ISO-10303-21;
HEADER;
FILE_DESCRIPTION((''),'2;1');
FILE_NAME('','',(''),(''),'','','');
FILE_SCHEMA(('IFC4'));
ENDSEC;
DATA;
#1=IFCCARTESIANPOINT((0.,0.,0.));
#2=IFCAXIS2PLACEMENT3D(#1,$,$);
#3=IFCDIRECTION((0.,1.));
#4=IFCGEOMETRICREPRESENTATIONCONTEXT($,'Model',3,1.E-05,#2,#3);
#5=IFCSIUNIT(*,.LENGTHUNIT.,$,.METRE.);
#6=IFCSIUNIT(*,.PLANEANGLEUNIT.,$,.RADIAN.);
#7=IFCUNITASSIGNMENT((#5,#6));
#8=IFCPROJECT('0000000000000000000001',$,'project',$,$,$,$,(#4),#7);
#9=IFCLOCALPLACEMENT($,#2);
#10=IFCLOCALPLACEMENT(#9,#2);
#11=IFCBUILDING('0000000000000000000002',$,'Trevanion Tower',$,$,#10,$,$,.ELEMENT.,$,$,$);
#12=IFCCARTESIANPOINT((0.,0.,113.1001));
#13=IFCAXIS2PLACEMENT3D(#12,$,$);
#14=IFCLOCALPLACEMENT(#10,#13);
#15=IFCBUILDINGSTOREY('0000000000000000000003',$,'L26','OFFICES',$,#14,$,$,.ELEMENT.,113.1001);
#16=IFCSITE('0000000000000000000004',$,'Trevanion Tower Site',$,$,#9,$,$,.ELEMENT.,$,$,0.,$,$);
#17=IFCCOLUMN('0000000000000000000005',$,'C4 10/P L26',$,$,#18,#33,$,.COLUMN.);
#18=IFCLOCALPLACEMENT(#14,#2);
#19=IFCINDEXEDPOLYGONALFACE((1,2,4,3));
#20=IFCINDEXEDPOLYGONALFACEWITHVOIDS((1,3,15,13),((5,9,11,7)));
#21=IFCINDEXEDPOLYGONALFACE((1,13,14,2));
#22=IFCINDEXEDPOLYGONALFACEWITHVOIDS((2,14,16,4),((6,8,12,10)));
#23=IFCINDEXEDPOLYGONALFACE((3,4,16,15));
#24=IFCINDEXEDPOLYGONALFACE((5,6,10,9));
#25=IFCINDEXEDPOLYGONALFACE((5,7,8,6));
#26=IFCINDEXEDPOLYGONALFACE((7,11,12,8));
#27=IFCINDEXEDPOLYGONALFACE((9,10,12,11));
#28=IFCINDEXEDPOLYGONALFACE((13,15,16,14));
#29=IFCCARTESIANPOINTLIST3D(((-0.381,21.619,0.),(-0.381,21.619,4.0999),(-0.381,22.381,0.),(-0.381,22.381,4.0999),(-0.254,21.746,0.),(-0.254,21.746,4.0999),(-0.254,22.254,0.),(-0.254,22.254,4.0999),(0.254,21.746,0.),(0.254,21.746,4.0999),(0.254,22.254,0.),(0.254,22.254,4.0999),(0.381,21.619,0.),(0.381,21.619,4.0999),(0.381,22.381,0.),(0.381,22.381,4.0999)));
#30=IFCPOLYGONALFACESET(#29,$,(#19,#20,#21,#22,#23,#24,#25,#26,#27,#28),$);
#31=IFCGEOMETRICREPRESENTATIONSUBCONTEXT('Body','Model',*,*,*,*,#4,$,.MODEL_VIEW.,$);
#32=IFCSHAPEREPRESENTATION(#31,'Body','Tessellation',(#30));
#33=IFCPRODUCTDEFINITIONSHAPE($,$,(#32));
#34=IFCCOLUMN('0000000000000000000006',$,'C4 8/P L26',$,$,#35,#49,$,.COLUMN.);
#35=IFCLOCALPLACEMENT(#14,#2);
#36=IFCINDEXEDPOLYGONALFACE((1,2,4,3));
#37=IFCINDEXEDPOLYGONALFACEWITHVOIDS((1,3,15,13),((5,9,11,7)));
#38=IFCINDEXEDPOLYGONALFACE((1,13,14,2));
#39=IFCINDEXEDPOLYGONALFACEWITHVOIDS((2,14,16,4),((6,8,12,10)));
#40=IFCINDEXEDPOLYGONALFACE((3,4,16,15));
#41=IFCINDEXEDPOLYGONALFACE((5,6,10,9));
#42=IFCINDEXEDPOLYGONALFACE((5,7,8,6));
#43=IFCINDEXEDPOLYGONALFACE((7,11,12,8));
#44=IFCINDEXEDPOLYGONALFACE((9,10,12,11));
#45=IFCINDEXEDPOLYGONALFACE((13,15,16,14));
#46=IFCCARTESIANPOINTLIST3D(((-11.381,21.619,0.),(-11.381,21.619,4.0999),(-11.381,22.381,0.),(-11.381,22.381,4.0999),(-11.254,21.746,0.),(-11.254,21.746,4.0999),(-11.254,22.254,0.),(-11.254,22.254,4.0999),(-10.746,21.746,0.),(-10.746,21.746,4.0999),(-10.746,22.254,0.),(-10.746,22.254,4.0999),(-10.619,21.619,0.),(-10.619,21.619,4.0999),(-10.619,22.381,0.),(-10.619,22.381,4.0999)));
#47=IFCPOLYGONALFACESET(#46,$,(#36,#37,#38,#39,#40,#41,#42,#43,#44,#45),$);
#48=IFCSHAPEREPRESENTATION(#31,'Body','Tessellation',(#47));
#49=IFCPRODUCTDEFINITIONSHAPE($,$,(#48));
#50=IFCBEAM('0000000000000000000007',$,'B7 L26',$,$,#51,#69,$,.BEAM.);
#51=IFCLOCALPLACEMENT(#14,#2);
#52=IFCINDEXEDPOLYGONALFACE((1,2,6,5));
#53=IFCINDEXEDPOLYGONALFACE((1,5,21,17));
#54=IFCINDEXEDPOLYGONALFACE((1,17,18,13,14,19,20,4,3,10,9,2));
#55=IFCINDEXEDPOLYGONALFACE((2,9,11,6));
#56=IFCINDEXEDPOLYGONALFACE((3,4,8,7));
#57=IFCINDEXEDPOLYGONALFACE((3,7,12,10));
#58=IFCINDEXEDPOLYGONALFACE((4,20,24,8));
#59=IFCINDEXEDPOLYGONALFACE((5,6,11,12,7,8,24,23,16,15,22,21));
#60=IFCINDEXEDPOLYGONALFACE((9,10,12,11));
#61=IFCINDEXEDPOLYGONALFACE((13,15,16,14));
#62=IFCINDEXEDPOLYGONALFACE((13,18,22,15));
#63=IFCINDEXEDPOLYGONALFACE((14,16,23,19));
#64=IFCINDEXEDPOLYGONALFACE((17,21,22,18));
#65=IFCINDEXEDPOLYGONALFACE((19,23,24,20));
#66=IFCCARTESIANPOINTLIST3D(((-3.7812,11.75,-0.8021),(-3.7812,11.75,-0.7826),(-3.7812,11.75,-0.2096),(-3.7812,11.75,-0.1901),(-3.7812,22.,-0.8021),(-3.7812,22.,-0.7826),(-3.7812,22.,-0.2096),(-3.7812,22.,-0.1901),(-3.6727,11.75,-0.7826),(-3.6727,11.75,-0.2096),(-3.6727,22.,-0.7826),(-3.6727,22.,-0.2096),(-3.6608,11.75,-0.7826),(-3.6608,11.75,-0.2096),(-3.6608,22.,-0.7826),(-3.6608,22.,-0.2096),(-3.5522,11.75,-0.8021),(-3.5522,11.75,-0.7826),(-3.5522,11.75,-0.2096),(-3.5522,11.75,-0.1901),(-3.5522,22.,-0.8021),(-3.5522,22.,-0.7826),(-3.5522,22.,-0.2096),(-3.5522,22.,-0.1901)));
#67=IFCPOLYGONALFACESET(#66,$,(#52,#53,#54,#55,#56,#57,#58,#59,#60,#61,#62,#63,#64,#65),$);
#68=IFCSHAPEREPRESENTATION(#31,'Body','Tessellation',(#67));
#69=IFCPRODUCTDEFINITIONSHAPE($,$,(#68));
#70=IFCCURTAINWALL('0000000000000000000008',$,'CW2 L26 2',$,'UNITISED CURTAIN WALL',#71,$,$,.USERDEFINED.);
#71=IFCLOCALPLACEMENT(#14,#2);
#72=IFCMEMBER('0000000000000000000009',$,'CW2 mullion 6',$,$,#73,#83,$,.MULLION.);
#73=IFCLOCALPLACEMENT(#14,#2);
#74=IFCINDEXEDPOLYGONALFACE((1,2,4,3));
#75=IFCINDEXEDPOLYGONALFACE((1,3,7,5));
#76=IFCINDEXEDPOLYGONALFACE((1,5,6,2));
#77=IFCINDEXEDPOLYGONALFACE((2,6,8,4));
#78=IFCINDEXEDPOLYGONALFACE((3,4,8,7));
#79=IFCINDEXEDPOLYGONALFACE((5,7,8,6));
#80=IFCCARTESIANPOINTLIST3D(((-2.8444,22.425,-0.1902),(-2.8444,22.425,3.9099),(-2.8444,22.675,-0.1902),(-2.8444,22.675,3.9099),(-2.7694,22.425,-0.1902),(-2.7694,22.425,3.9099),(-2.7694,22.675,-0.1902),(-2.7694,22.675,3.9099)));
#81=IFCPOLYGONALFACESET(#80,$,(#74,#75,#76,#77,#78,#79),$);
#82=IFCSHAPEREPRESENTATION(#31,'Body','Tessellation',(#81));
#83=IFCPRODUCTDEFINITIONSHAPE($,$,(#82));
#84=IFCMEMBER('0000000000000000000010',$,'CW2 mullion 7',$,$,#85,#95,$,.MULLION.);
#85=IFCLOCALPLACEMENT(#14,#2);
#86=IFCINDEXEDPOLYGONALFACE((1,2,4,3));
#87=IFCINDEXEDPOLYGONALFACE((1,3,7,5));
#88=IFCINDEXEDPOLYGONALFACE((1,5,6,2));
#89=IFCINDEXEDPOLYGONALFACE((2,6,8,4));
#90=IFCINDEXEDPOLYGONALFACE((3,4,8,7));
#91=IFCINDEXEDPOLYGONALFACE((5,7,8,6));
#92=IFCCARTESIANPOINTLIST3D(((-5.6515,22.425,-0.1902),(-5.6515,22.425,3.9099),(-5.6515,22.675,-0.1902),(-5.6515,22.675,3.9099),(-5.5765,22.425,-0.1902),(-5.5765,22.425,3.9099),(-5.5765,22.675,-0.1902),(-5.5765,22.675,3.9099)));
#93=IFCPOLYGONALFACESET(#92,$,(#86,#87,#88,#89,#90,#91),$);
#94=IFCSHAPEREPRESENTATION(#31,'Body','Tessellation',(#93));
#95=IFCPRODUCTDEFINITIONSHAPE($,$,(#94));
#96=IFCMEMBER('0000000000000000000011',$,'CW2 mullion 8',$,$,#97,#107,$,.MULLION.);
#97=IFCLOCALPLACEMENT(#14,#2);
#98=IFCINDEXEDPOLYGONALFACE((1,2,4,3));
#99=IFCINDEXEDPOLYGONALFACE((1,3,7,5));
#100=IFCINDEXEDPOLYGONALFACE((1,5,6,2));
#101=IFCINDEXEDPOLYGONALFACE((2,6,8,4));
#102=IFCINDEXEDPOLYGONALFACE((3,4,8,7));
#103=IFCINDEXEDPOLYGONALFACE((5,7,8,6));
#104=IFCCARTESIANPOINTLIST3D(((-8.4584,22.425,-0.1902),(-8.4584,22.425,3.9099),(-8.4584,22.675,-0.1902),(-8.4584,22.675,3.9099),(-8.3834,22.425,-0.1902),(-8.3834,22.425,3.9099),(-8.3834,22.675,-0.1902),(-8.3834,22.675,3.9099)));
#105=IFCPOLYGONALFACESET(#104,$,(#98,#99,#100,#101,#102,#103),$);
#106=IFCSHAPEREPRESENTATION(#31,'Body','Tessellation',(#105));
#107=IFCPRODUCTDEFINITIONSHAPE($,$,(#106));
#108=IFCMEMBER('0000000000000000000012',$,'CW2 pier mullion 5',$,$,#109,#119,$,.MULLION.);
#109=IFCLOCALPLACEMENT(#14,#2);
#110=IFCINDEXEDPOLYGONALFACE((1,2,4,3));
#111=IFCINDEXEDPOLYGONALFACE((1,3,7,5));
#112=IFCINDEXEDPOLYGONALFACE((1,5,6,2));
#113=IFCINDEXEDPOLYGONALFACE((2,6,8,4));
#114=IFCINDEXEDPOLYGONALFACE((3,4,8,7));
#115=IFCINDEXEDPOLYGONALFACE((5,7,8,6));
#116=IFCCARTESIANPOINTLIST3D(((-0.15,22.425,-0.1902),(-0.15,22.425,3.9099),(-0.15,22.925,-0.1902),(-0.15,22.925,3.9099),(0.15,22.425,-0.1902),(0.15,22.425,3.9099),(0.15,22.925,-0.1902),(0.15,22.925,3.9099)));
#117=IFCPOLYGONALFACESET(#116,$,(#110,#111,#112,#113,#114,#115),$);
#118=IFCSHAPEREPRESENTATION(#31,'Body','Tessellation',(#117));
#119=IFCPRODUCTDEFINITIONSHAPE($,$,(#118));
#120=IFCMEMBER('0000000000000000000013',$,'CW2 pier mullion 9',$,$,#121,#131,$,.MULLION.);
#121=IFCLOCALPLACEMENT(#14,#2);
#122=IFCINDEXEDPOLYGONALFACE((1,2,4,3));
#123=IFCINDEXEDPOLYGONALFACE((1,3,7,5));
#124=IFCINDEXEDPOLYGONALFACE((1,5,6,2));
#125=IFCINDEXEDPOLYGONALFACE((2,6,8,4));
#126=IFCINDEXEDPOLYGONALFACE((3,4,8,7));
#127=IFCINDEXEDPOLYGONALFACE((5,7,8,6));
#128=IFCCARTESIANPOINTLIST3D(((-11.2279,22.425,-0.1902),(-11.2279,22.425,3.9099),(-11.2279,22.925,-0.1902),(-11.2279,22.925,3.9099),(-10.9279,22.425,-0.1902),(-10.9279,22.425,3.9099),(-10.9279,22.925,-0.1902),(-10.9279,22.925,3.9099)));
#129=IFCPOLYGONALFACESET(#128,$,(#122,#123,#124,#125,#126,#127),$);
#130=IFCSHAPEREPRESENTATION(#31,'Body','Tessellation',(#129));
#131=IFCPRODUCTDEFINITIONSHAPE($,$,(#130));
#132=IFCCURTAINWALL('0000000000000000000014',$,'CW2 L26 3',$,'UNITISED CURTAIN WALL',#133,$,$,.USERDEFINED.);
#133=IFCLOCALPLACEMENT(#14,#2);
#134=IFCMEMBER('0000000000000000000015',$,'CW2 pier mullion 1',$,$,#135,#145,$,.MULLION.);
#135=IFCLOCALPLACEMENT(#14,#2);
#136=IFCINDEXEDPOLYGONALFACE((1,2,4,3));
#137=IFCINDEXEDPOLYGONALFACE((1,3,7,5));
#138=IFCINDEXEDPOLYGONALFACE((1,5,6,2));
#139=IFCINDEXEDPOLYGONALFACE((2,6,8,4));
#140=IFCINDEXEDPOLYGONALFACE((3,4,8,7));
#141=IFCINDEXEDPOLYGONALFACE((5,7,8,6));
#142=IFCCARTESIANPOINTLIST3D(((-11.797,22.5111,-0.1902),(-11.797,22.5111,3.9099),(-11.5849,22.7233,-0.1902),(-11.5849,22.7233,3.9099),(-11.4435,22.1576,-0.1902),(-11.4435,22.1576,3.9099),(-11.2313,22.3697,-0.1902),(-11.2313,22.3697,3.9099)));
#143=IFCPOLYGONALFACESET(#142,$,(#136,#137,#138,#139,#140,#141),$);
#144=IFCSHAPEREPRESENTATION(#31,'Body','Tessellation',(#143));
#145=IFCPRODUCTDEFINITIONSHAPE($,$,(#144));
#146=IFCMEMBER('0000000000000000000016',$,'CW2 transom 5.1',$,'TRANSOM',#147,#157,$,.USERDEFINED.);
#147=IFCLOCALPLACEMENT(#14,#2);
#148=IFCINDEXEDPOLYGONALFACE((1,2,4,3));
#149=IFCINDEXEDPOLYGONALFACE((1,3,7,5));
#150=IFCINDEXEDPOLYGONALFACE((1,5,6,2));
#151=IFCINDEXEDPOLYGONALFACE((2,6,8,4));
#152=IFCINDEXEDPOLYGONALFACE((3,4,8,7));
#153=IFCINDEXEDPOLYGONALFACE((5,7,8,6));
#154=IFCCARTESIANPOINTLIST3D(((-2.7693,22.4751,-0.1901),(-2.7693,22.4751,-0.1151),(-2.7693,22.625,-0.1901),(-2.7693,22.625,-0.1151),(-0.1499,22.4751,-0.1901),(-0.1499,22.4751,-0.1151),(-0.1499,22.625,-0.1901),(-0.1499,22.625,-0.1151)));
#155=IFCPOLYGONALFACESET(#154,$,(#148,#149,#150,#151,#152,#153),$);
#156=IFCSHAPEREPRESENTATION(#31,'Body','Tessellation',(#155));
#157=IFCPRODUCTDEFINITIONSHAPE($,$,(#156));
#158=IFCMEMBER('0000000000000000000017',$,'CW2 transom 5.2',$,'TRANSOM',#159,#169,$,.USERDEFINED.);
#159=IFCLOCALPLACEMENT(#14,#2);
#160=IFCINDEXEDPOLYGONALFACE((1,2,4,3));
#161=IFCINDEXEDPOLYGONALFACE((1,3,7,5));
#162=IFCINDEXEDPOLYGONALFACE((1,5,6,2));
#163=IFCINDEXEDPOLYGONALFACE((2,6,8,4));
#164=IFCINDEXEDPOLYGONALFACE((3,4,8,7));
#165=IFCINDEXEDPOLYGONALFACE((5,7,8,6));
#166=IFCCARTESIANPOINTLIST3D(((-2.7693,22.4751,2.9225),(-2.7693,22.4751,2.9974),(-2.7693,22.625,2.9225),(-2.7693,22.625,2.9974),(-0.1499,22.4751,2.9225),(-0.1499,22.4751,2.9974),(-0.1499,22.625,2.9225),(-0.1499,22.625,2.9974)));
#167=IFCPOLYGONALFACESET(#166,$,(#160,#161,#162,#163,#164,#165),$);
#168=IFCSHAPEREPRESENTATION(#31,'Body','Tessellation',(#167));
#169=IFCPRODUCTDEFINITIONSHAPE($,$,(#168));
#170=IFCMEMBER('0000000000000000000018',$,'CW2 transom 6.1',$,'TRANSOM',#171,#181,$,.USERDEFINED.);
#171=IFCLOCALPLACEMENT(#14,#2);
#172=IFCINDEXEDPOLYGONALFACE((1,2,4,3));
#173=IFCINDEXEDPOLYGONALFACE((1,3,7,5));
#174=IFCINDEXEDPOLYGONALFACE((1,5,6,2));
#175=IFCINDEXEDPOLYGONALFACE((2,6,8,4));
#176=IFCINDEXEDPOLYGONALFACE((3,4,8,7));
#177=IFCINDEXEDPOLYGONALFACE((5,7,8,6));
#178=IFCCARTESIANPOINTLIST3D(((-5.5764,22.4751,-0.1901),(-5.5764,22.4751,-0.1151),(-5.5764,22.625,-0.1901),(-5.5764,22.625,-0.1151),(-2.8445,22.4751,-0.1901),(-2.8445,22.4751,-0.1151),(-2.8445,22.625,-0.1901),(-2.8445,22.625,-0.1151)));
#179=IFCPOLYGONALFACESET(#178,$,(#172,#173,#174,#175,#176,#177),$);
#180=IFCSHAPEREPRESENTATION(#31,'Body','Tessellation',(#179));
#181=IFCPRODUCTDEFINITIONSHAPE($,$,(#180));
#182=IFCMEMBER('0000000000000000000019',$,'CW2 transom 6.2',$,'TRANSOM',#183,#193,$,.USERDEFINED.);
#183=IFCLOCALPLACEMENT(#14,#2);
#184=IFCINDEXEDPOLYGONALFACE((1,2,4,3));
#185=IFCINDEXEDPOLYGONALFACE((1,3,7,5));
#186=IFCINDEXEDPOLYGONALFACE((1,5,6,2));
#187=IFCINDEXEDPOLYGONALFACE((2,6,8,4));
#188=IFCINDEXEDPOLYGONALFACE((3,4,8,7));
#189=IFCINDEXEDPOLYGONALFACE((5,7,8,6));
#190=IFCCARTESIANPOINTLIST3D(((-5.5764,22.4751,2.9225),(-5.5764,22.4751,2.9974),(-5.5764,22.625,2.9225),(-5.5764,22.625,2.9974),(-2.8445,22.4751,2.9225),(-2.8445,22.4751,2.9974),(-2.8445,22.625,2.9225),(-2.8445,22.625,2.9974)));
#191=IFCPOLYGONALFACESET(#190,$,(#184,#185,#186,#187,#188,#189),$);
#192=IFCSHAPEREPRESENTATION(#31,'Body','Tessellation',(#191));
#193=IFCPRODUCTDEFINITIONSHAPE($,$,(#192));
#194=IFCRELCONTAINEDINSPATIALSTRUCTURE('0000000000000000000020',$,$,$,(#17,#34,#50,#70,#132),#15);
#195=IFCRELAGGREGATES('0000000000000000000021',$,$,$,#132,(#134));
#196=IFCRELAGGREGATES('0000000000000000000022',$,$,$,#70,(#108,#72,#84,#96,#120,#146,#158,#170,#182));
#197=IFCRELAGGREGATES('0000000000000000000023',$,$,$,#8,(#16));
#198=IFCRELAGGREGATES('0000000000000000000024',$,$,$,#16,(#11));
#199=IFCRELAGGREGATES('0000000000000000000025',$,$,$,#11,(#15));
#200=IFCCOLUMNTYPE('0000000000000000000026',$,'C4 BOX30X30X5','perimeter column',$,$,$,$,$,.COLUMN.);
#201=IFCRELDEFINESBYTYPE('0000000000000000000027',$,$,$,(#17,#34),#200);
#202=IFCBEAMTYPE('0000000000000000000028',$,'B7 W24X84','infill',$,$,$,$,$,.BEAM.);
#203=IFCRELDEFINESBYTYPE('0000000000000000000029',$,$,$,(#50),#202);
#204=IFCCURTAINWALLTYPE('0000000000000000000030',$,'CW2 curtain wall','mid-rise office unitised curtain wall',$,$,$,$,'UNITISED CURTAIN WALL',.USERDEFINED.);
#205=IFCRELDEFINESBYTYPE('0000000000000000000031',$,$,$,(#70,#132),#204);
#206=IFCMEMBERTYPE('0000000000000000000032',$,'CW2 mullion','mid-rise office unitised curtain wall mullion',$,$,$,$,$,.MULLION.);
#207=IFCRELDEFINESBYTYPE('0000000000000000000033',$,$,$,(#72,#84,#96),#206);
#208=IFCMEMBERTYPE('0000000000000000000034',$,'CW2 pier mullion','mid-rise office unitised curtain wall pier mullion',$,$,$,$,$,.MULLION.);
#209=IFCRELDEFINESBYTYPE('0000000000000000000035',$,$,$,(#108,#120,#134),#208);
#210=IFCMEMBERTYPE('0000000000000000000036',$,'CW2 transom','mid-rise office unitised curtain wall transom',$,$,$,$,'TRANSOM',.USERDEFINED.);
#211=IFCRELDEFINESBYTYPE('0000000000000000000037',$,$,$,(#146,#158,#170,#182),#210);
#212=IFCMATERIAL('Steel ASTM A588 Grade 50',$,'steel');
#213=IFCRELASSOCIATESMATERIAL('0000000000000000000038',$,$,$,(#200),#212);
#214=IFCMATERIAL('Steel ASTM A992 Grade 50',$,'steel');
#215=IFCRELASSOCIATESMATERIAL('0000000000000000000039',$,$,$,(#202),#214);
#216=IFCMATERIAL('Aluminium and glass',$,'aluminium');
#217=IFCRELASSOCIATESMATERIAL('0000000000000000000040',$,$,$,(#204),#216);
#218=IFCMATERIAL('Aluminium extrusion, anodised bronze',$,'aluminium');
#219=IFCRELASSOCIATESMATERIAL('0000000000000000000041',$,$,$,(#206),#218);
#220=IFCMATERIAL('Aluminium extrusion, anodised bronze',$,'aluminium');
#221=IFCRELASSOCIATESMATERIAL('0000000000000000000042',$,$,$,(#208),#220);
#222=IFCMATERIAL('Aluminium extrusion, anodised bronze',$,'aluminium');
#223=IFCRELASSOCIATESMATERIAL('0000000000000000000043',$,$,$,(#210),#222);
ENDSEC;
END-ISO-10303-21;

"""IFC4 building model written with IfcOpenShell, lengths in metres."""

from ifc_helpers import new_model, si_unit, direction, frame, origin, origin_2d, place, context, subcontext, project, spatial, rectangle, hollow_rectangle, i_section, extrude, material, material_profile, profile_set, type_object, element, aggregate, save


model = new_model("IFC4")

# Units and contexts
model_context = context("Model", 3, precision=1e-05, world=origin(), true_north=direction((0.0, 1.0)))
body_context = subcontext(model_context, "Body", "Model", "MODEL_VIEW")
ifc_project = project(units=[si_unit("LENGTHUNIT", "METRE"), si_unit("PLANEANGLEUNIT", "RADIAN")], contexts=[model_context])

# Site, building, storey
site_placement = place(None, origin())
site = spatial("IfcSite", under=ifc_project, at=site_placement, Name="Trevanion Tower Site", CompositionType="ELEMENT", RefElevation=0.0)
building_placement = place(site_placement, origin())
building = spatial("IfcBuilding", under=site, at=building_placement, Name="Trevanion Tower", CompositionType="ELEMENT")
storey_placement = place(building_placement, frame((0.0, 0.0, 113.1001)))
storey = spatial("IfcBuildingStorey", under=building, at=storey_placement, Name="L26", Description="OFFICES", CompositionType="ELEMENT", Elevation=113.1001)

# Columns
ifc_material_1 = material(Name="Steel ASTM A588 Grade 50", Category="steel")
ifc_material_profile_1 = material_profile(ifc_material_1, hollow_rectangle(XDim=0.762, YDim=0.762, WallThickness=0.127, at=origin_2d()), Name="BOX30X30X5")
ifc_profile_set_1 = profile_set([ifc_material_profile_1], Name="Steel ASTM A588 Grade 50")
column_type = type_object("IfcColumnType", Name="C4 BOX30X30X5", Description="perimeter column", PredefinedType="COLUMN", material=ifc_profile_set_1)
for number, where, z_axis, x_axis, name in (
    (1, (0.0, 22.0, 0.0), (0.0, 0.0, 1.0), (1.0, 0.0, 0.0), "C4 10/P L26"),
    (2, (-11.0, 22.0, 0.0), (0.0, 0.0, 1.0), (1.0, 0.0, 0.0), "C4 8/P L26"),
):
    element("IfcColumn", number, at=place(storey_placement, frame(where, z_axis=z_axis, x_axis=x_axis)), inside=storey, type_object=column_type, Name=name, PredefinedType="COLUMN", context=body_context, shape_type="SweptSolid", body=[
        extrude(hollow_rectangle(XDim=0.762, YDim=0.762, WallThickness=0.127, at=origin_2d()), origin(), (0.0, 0.0, 1.0), 4.0999),
    ])

# Beam
ifc_material_2 = material(Name="Steel ASTM A992 Grade 50", Category="steel")
ifc_material_profile_2 = material_profile(ifc_material_2, i_section(OverallWidth=0.229, OverallDepth=0.6121, WebThickness=0.012, FlangeThickness=0.0195, at=origin_2d()), Name="W24X84")
ifc_profile_set_2 = profile_set([ifc_material_profile_2], Name="Steel ASTM A992 Grade 50")
beam_type_1 = type_object("IfcBeamType", Name="B7 W24X84", Description="infill", PredefinedType="BEAM", material=ifc_profile_set_2)
beam_1_placement = place(storey_placement, frame((-3.6667, 11.75, -0.4961), z_axis=(0.0, 1.0, 0.0), x_axis=(-1.0, 0.0, 0.0)))
element("IfcBeam", 3, at=beam_1_placement, inside=storey, type_object=beam_type_1, Name="B7 L26", PredefinedType="BEAM", context=body_context, shape_type="SweptSolid", body=[
    extrude(i_section(OverallWidth=0.229, OverallDepth=0.6121, WebThickness=0.012, FlangeThickness=0.0195, at=origin_2d()), origin(), (0.0, 0.0, 1.0), 10.25),
])

# Curtain wall, members
ifc_material_3 = material(Name="Aluminium and glass", Category="aluminium")
curtain_wall_type = type_object("IfcCurtainWallType", Name="CW2 curtain wall", Description="mid-rise office unitised curtain wall", ElementType="UNITISED CURTAIN WALL", PredefinedType="USERDEFINED", material=ifc_material_3)
curtain_wall_1_placement = place(storey_placement, origin())
curtain_wall_1 = element("IfcCurtainWall", 4, at=curtain_wall_1_placement, inside=storey, type_object=curtain_wall_type, Name="CW2 L26 2", ObjectType="UNITISED CURTAIN WALL", PredefinedType="USERDEFINED")
ifc_material_4 = material(Name="Aluminium extrusion, anodised bronze", Category="aluminium")
ifc_material_profile_3 = material_profile(ifc_material_4, rectangle(XDim=0.075, YDim=0.25, at=origin_2d()), Name="CW2 mullion")
ifc_profile_set_3 = profile_set([ifc_material_profile_3], Name="Aluminium extrusion, anodised bronze")
member_type_1 = type_object("IfcMemberType", Name="CW2 mullion", Description="mid-rise office unitised curtain wall mullion", PredefinedType="MULLION", material=ifc_profile_set_3)
member_1_placement = place(storey_placement, frame((-2.8069, 22.55, -0.1902), z_axis=(0.0, 0.0, 1.0), x_axis=(-1.0, 0.0, 0.0)))
member_1 = element("IfcMember", 5, at=member_1_placement, type_object=member_type_1, Name="CW2 mullion 6", PredefinedType="MULLION", context=body_context, shape_type="SweptSolid", body=[
    extrude(rectangle(XDim=0.075, YDim=0.25, at=origin_2d()), origin(), (0.0, 0.0, 1.0), 4.1001),
])
member_2_placement = place(storey_placement, frame((-5.614, 22.55, -0.1902), z_axis=(0.0, 0.0, 1.0), x_axis=(-1.0, 0.0, 0.0)))
member_2 = element("IfcMember", 6, at=member_2_placement, type_object=member_type_1, Name="CW2 mullion 7", PredefinedType="MULLION", context=body_context, shape_type="SweptSolid", body=[
    extrude(rectangle(XDim=0.075, YDim=0.25, at=origin_2d()), origin(), (0.0, 0.0, 1.0), 4.1001),
])
member_3_placement = place(storey_placement, frame((-8.4209, 22.55, -0.1902), z_axis=(0.0, 0.0, 1.0), x_axis=(-1.0, 0.0, 0.0)))
member_3 = element("IfcMember", 7, at=member_3_placement, type_object=member_type_1, Name="CW2 mullion 8", PredefinedType="MULLION", context=body_context, shape_type="SweptSolid", body=[
    extrude(rectangle(XDim=0.075, YDim=0.25, at=origin_2d()), origin(), (0.0, 0.0, 1.0), 4.1001),
])
ifc_material_5 = material(Name="Aluminium extrusion, anodised bronze", Category="aluminium")
ifc_material_profile_4 = material_profile(ifc_material_5, rectangle(XDim=0.3, YDim=0.5, at=origin_2d()), Name="CW2 pier mullion")
ifc_profile_set_4 = profile_set([ifc_material_profile_4], Name="Aluminium extrusion, anodised bronze")
member_type_2 = type_object("IfcMemberType", Name="CW2 pier mullion", Description="mid-rise office unitised curtain wall pier mullion", PredefinedType="MULLION", material=ifc_profile_set_4)
member_4_placement = place(storey_placement, frame((0.0, 22.675, -0.1902), z_axis=(0.0, 0.0, 1.0), x_axis=(-1.0, 0.0, 0.0)))
member_4 = element("IfcMember", 8, at=member_4_placement, type_object=member_type_2, Name="CW2 pier mullion 5", PredefinedType="MULLION", context=body_context, shape_type="SweptSolid", body=[
    extrude(rectangle(XDim=0.3, YDim=0.5, at=origin_2d()), origin(), (0.0, 0.0, 1.0), 4.1001),
])
member_5_placement = place(storey_placement, frame((-11.0779, 22.675, -0.1902), z_axis=(0.0, 0.0, 1.0), x_axis=(-1.0, 0.0, 0.0)))
member_5 = element("IfcMember", 9, at=member_5_placement, type_object=member_type_2, Name="CW2 pier mullion 9", PredefinedType="MULLION", context=body_context, shape_type="SweptSolid", body=[
    extrude(rectangle(XDim=0.3, YDim=0.5, at=origin_2d()), origin(), (0.0, 0.0, 1.0), 4.1001),
])

# Curtain wall, member
curtain_wall_2_placement = place(storey_placement, origin())
curtain_wall_2 = element("IfcCurtainWall", 10, at=curtain_wall_2_placement, inside=storey, type_object=curtain_wall_type, Name="CW2 L26 3", ObjectType="UNITISED CURTAIN WALL", PredefinedType="USERDEFINED")
member_6_placement = place(storey_placement, frame((-11.5142, 22.4404, -0.1902), z_axis=(0.0, 0.0, 1.0), x_axis=(-0.707107, -0.707107, 0.0)))
member_6 = element("IfcMember", 11, at=member_6_placement, type_object=member_type_2, Name="CW2 pier mullion 1", PredefinedType="MULLION", context=body_context, shape_type="SweptSolid", body=[
    extrude(rectangle(XDim=0.3, YDim=0.5, at=origin_2d()), origin(), (0.0, 0.0, 1.0), 4.1001),
])
aggregate(curtain_wall_2, [member_6])

# Members
ifc_material_6 = material(Name="Aluminium extrusion, anodised bronze", Category="aluminium")
ifc_material_profile_5 = material_profile(ifc_material_6, rectangle(XDim=0.1499, YDim=0.075, at=origin_2d()), Name="CW2 transom")
ifc_profile_set_5 = profile_set([ifc_material_profile_5], Name="Aluminium extrusion, anodised bronze")
member_type_3 = type_object("IfcMemberType", Name="CW2 transom", Description="mid-rise office unitised curtain wall transom", ElementType="TRANSOM", PredefinedType="USERDEFINED", material=ifc_profile_set_5)
member_7_placement = place(storey_placement, frame((-0.1499, 22.55, -0.1526), z_axis=(-1.0, 0.0, 0.0), x_axis=(0.0, -1.0, 0.0)))
member_7 = element("IfcMember", 12, at=member_7_placement, type_object=member_type_3, Name="CW2 transom 5.1", ObjectType="TRANSOM", PredefinedType="USERDEFINED", context=body_context, shape_type="SweptSolid", body=[
    extrude(rectangle(XDim=0.1499, YDim=0.075, at=origin_2d()), origin(), (0.0, 0.0, 1.0), 2.6194),
])
member_8_placement = place(storey_placement, frame((-0.1499, 22.55, 2.96), z_axis=(-1.0, 0.0, 0.0), x_axis=(0.0, -1.0, 0.0)))
member_8 = element("IfcMember", 13, at=member_8_placement, type_object=member_type_3, Name="CW2 transom 5.2", ObjectType="TRANSOM", PredefinedType="USERDEFINED", context=body_context, shape_type="SweptSolid", body=[
    extrude(rectangle(XDim=0.1499, YDim=0.075, at=origin_2d()), origin(), (0.0, 0.0, 1.0), 2.6194),
])
member_9_placement = place(storey_placement, frame((-2.8445, 22.55, -0.1526), z_axis=(-1.0, 0.0, 0.0), x_axis=(0.0, -1.0, 0.0)))
member_9 = element("IfcMember", 14, at=member_9_placement, type_object=member_type_3, Name="CW2 transom 6.1", ObjectType="TRANSOM", PredefinedType="USERDEFINED", context=body_context, shape_type="SweptSolid", body=[
    extrude(rectangle(XDim=0.1499, YDim=0.075, at=origin_2d()), origin(), (0.0, 0.0, 1.0), 2.7319),
])
member_10_placement = place(storey_placement, frame((-2.8445, 22.55, 2.96), z_axis=(-1.0, 0.0, 0.0), x_axis=(0.0, -1.0, 0.0)))
member_10 = element("IfcMember", 15, at=member_10_placement, type_object=member_type_3, Name="CW2 transom 6.2", ObjectType="TRANSOM", PredefinedType="USERDEFINED", context=body_context, shape_type="SweptSolid", body=[
    extrude(rectangle(XDim=0.1499, YDim=0.075, at=origin_2d()), origin(), (0.0, 0.0, 1.0), 2.7319),
])

aggregate(curtain_wall_1, [member_4, member_1, member_2, member_3, member_5, member_7, member_8, member_9, member_10])

save(model, "model.ifc")
